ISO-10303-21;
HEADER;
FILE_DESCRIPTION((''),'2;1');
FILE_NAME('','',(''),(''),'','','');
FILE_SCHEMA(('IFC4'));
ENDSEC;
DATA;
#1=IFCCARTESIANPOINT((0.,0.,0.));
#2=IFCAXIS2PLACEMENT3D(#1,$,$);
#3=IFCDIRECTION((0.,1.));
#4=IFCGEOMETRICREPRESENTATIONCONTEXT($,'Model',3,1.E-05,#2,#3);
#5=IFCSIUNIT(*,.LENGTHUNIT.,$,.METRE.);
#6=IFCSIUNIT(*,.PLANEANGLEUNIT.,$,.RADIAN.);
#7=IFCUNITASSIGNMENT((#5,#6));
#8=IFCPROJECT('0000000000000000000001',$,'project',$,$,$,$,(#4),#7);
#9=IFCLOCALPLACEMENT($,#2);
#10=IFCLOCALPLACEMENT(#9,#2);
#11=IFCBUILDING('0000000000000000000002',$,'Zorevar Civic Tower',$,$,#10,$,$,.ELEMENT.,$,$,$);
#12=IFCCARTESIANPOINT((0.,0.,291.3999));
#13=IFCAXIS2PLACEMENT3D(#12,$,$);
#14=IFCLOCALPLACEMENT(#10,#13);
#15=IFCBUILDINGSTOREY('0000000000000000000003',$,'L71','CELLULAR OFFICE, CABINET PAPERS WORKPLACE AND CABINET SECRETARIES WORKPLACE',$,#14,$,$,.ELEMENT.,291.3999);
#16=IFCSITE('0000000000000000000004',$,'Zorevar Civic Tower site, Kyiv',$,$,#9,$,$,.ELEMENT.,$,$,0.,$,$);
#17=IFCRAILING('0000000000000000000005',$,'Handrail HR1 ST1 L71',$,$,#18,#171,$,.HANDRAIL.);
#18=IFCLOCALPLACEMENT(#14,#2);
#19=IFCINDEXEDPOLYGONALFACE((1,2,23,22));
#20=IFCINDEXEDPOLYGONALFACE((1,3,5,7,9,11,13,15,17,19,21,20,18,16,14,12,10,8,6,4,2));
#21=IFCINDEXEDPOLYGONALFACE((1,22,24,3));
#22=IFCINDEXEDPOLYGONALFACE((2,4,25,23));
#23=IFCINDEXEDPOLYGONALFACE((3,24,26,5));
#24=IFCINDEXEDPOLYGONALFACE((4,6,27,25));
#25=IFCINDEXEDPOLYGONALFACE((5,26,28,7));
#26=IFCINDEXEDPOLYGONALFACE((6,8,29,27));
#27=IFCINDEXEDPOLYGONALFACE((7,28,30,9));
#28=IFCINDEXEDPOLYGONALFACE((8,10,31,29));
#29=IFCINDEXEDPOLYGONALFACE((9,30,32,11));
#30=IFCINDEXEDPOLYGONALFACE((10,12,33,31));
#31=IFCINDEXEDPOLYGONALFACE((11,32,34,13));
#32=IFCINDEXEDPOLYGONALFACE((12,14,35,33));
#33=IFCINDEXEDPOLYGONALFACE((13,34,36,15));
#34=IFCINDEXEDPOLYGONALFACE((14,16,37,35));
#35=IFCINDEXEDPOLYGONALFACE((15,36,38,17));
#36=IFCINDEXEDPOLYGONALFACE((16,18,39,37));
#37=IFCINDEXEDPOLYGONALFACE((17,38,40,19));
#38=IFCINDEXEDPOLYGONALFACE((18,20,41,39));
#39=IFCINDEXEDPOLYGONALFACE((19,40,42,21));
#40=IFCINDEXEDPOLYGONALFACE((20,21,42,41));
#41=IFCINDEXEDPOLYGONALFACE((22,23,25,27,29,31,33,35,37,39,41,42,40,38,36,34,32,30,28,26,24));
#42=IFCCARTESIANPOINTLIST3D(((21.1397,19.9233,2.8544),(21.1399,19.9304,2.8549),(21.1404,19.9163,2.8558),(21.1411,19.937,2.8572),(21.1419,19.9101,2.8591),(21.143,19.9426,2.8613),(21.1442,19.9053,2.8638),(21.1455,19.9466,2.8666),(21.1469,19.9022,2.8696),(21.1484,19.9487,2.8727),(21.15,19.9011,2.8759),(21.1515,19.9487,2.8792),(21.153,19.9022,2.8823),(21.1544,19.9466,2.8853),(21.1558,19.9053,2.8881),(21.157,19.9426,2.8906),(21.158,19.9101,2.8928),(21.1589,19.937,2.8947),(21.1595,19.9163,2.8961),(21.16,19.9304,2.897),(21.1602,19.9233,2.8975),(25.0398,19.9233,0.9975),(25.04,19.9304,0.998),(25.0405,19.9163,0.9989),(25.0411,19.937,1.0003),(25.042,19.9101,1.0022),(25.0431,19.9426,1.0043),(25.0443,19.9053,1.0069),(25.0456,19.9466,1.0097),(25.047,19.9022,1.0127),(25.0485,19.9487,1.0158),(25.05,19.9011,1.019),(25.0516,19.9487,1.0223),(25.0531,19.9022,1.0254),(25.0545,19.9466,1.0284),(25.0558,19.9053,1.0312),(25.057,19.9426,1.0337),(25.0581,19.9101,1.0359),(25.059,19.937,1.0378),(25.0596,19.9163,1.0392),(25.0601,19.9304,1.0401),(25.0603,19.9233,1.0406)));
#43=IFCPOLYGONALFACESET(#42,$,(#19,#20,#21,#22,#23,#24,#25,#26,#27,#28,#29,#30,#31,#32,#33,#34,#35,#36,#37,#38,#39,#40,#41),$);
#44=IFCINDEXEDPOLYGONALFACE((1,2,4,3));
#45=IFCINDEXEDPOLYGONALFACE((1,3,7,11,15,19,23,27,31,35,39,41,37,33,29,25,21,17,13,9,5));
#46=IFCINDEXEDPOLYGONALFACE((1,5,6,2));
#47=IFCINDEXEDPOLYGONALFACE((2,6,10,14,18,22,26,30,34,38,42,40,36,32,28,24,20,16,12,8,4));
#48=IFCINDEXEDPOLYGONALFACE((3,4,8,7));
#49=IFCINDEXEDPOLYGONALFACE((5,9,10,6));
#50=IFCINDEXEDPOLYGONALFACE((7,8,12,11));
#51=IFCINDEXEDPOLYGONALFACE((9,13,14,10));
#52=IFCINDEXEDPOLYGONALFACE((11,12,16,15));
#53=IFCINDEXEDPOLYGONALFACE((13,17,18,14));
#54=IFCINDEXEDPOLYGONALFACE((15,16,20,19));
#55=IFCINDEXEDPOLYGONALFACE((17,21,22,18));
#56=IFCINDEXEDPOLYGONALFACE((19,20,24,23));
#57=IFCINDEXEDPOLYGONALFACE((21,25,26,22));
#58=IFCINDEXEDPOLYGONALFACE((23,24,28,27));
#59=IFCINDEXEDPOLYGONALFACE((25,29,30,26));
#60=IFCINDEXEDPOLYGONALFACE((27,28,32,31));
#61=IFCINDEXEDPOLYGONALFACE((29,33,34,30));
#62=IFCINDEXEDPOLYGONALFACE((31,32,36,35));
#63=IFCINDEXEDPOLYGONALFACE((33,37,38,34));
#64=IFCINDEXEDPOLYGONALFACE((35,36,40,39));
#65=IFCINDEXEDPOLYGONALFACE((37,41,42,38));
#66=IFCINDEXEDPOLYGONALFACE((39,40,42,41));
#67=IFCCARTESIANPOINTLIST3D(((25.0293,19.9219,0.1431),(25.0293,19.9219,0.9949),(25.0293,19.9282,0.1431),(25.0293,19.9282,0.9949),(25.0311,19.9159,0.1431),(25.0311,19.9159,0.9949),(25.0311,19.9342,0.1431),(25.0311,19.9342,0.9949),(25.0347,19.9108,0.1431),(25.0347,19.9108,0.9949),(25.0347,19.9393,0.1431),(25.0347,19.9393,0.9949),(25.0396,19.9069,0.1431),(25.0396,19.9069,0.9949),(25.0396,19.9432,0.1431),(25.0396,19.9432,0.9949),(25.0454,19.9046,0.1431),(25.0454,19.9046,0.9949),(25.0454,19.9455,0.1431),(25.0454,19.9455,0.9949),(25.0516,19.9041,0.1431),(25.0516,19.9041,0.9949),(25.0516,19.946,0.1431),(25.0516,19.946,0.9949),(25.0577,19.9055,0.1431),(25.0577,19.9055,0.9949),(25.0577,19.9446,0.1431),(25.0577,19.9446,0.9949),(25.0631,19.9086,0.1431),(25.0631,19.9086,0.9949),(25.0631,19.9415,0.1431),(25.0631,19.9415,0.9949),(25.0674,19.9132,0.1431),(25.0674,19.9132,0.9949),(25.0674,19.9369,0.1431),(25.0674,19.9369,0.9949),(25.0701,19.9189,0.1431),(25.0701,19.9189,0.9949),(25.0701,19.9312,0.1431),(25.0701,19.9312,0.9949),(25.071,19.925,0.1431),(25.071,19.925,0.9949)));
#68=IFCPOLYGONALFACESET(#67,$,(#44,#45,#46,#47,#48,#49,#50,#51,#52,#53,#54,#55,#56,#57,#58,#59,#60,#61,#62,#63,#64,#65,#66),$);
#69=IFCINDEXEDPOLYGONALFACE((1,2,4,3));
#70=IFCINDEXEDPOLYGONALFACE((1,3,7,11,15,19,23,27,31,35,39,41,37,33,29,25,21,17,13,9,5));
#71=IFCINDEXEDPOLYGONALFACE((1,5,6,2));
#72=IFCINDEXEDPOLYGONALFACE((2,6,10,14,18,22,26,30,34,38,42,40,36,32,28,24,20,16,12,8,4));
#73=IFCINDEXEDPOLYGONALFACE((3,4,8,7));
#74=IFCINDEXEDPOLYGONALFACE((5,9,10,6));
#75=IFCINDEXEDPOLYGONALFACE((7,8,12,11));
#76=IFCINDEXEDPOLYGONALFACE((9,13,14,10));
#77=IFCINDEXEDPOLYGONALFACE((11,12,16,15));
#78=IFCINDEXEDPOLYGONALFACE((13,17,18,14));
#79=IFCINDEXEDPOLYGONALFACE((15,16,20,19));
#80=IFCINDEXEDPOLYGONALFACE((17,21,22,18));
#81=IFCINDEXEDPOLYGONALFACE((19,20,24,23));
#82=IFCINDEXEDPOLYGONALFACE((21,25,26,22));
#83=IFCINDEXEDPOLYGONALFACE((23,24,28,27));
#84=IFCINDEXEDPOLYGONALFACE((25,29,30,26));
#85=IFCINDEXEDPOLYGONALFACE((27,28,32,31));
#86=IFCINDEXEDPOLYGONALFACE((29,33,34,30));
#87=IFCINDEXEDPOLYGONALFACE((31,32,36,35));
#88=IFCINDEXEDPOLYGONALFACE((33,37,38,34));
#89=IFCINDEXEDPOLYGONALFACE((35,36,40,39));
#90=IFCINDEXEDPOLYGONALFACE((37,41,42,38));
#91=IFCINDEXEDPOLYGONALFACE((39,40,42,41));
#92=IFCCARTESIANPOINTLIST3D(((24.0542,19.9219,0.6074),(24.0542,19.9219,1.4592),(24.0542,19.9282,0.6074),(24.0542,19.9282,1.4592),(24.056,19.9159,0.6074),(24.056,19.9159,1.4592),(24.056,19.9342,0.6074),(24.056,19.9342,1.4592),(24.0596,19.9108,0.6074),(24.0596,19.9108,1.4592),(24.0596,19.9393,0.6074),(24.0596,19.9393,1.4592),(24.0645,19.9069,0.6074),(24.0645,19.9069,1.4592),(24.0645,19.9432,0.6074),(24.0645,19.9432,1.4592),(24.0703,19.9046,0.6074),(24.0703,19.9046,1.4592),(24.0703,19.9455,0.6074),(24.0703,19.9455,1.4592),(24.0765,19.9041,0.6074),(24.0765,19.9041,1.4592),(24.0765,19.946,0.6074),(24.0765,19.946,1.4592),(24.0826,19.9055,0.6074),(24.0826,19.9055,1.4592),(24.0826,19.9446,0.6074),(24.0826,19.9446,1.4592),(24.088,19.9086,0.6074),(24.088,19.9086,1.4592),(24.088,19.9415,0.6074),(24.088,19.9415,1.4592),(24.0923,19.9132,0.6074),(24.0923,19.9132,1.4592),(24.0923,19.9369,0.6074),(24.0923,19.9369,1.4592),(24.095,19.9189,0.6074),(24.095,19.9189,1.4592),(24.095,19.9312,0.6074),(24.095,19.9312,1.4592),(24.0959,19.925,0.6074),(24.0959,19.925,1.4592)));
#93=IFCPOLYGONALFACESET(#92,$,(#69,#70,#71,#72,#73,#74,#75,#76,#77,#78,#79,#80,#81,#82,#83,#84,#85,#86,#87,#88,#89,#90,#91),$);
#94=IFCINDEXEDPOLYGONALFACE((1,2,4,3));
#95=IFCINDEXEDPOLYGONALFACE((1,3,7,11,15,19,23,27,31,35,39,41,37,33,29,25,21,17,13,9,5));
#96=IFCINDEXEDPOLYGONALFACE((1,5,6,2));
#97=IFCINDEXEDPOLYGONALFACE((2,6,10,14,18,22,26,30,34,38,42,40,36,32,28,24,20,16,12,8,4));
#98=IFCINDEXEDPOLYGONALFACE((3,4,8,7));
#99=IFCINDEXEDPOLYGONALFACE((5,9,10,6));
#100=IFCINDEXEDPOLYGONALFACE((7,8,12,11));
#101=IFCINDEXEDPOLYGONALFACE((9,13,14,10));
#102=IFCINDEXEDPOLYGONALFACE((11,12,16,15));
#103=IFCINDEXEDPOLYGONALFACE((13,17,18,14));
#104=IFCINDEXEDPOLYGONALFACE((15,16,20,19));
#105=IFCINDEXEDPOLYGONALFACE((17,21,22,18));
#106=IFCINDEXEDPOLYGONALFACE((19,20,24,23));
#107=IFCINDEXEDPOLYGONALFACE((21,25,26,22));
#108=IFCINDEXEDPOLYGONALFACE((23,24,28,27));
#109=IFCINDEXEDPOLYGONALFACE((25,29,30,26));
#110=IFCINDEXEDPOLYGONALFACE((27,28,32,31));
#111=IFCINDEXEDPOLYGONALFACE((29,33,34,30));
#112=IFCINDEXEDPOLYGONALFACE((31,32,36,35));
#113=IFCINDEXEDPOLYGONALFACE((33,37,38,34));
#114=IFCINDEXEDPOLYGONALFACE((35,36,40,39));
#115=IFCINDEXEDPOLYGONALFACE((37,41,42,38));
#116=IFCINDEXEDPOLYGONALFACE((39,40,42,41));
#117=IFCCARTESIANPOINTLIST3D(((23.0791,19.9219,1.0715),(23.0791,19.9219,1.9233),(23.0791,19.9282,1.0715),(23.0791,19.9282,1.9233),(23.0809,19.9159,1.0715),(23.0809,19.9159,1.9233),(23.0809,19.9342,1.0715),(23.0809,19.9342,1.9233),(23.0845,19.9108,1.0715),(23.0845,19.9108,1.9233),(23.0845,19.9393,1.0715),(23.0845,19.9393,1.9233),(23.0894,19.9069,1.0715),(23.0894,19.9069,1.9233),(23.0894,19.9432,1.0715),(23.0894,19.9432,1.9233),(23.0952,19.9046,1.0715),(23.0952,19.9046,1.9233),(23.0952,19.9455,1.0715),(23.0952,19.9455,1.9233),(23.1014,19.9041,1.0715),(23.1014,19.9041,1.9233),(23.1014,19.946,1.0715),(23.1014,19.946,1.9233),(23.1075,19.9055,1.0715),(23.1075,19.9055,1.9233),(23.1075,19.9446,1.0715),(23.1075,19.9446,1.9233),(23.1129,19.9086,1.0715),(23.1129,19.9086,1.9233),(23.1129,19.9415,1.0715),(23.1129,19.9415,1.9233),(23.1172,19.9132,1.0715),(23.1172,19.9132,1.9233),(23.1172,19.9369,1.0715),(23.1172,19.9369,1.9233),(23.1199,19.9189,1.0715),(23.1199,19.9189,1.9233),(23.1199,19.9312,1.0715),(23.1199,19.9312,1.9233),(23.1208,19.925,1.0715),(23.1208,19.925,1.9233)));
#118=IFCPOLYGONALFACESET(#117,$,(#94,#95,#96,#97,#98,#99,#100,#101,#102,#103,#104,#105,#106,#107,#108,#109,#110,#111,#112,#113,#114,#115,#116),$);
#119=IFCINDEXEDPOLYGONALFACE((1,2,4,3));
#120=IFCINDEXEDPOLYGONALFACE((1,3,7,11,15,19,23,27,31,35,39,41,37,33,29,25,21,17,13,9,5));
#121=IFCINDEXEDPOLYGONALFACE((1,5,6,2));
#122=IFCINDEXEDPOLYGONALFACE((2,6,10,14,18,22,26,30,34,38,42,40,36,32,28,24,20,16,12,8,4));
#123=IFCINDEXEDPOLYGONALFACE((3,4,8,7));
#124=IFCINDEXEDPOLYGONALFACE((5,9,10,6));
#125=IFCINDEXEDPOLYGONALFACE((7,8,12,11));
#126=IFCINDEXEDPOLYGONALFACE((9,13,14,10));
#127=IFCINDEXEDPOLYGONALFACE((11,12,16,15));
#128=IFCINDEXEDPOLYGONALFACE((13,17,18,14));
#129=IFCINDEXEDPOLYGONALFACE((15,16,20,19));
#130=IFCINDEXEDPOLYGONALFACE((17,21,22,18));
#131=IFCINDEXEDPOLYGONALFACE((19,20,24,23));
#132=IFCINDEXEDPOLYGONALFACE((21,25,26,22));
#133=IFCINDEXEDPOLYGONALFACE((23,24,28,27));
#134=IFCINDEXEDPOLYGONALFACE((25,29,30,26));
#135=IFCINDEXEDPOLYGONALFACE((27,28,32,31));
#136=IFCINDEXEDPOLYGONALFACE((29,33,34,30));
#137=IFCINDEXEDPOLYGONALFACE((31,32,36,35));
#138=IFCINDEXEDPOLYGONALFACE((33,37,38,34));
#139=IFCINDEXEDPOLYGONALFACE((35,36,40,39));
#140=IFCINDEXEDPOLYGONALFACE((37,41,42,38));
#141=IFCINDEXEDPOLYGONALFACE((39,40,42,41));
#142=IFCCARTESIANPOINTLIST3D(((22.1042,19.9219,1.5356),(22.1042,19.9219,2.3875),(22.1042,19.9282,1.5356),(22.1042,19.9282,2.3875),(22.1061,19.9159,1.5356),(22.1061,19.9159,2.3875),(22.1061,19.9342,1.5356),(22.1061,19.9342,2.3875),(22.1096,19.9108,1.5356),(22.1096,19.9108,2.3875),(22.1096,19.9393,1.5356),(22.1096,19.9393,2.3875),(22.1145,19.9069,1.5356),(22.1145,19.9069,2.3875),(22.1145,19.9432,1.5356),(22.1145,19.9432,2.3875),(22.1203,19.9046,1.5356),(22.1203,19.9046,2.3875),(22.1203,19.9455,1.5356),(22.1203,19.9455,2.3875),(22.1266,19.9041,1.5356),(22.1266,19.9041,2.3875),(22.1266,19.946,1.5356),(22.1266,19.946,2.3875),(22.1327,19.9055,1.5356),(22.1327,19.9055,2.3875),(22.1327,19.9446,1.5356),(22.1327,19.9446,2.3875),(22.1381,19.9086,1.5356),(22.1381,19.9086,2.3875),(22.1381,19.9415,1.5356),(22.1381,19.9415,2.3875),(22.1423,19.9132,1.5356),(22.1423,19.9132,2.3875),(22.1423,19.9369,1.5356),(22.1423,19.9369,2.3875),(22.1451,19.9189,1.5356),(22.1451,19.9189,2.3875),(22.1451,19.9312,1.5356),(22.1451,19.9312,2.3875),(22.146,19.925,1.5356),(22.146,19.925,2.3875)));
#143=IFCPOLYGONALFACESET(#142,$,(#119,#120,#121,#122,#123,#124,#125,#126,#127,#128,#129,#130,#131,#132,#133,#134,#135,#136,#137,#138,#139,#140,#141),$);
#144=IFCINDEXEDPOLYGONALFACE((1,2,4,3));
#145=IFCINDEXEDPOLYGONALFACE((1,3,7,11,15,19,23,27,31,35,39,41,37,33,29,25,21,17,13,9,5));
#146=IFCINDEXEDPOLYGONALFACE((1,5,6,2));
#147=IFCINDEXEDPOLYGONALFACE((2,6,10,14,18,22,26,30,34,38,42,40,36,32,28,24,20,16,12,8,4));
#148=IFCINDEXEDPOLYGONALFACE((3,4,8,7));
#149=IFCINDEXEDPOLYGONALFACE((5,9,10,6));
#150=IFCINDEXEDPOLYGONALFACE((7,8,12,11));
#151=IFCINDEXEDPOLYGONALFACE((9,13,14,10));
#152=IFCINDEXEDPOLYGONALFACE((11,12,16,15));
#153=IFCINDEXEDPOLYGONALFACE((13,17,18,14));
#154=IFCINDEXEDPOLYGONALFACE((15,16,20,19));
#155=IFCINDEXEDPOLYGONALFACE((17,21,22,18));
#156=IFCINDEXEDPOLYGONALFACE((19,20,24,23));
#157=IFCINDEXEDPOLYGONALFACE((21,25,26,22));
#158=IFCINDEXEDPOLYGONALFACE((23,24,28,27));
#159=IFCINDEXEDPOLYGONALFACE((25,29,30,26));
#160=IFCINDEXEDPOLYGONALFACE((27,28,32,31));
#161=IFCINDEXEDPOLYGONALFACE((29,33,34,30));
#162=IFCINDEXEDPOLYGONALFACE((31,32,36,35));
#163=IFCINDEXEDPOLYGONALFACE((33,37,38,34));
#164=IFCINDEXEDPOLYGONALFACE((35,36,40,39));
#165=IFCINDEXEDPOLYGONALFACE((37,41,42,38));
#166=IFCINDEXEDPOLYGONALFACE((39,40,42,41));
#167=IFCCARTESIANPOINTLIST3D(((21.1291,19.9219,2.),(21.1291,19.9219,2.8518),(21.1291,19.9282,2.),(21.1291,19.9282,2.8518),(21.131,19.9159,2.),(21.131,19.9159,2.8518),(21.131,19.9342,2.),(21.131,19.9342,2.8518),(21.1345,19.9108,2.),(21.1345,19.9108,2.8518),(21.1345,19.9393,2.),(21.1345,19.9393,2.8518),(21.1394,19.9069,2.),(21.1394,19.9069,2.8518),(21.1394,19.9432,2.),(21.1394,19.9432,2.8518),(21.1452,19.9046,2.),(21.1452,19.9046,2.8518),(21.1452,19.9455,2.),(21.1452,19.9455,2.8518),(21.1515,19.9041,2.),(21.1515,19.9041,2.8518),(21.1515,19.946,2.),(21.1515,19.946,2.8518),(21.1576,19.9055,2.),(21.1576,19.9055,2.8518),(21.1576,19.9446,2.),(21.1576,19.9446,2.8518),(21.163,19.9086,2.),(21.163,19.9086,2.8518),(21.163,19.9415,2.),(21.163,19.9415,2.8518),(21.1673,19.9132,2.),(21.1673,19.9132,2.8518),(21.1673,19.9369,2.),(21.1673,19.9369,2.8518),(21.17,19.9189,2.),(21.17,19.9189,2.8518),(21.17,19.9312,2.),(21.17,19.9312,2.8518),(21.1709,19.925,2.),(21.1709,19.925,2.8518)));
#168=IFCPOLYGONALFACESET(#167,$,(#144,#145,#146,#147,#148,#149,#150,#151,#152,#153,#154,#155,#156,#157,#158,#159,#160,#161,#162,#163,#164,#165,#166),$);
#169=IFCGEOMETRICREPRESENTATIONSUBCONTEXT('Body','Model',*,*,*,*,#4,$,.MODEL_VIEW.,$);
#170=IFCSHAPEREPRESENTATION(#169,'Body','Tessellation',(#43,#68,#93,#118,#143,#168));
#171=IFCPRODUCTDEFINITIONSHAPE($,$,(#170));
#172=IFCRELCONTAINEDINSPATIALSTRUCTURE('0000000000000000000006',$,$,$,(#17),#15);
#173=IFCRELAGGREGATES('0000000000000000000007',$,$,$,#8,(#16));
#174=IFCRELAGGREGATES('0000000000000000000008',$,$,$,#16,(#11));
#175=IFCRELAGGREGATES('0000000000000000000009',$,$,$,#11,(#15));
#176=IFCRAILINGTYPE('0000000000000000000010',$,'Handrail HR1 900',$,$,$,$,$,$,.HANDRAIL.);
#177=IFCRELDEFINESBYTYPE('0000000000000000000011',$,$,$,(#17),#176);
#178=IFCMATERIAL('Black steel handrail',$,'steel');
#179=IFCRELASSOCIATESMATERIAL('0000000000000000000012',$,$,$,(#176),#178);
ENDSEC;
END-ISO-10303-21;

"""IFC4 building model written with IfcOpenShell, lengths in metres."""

from ifc_helpers import new_model, si_unit, direction, frame, origin, origin_2d, place, context, subcontext, project, spatial, circle, extrude, material, type_object, element, save


model = new_model("IFC4")

# Units and contexts
model_context = context("Model", 3, precision=1e-05, world=origin(), true_north=direction((0.0, 1.0)))
body_context = subcontext(model_context, "Body", "Model", "MODEL_VIEW")
ifc_project = project(units=[si_unit("LENGTHUNIT", "METRE"), si_unit("PLANEANGLEUNIT", "RADIAN")], contexts=[model_context])

# Site, building, storey
site_placement = place(None, origin())
site = spatial("IfcSite", under=ifc_project, at=site_placement, Name="Zorevar Civic Tower site, Kyiv", CompositionType="ELEMENT", RefElevation=0.0)
building_placement = place(site_placement, origin())
building = spatial("IfcBuilding", under=site, at=building_placement, Name="Zorevar Civic Tower", CompositionType="ELEMENT")
storey_placement = place(building_placement, frame((0.0, 0.0, 291.3999)))
storey = spatial("IfcBuildingStorey", under=building, at=storey_placement, Name="L71", Description="CELLULAR OFFICE, CABINET PAPERS WORKPLACE AND CABINET SECRETARIES WORKPLACE", CompositionType="ELEMENT", Elevation=291.3999)

# Railing
ifc_material_1 = material(Name="Black steel handrail", Category="steel")
railing_type = type_object("IfcRailingType", Name="Handrail HR1 900", PredefinedType="HANDRAIL", material=ifc_material_1)
railing_1_placement = place(storey_placement, frame((25.05, 19.925, 0.1431)))
element("IfcRailing", 1, at=railing_1_placement, inside=storey, type_object=railing_type, Name="Handrail HR1 ST1 L71", PredefinedType="HANDRAIL", context=body_context, shape_type="SweptSolid", body=[
    extrude(circle(Radius=0.0239, at=origin_2d()), frame((0.0, 0.0, 0.876), z_axis=(-0.902886, 0.0, 0.429881), x_axis=(0.0, -1.0, 0.0)), (0.0, 0.0, 1.0), 4.3196),
    extrude(circle(Radius=0.021, at=origin_2d()), origin(), (0.0, 0.0, 1.0), 0.8518),
    extrude(circle(Radius=0.021, at=origin_2d()), frame((-0.9751, 0.0, 0.4644)), (0.0, 0.0, 1.0), 0.8518),
    extrude(circle(Radius=0.021, at=origin_2d()), frame((-1.9502, 0.0, 0.9285)), (0.0, 0.0, 1.0), 0.8518),
    extrude(circle(Radius=0.021, at=origin_2d()), frame((-2.925, 0.0, 1.3926)), (0.0, 0.0, 1.0), 0.8518),
    extrude(circle(Radius=0.021, at=origin_2d()), frame((-3.9001, 0.0, 1.8569)), (0.0, 0.0, 1.0), 0.8518),
])

save(model, "model.ifc")
